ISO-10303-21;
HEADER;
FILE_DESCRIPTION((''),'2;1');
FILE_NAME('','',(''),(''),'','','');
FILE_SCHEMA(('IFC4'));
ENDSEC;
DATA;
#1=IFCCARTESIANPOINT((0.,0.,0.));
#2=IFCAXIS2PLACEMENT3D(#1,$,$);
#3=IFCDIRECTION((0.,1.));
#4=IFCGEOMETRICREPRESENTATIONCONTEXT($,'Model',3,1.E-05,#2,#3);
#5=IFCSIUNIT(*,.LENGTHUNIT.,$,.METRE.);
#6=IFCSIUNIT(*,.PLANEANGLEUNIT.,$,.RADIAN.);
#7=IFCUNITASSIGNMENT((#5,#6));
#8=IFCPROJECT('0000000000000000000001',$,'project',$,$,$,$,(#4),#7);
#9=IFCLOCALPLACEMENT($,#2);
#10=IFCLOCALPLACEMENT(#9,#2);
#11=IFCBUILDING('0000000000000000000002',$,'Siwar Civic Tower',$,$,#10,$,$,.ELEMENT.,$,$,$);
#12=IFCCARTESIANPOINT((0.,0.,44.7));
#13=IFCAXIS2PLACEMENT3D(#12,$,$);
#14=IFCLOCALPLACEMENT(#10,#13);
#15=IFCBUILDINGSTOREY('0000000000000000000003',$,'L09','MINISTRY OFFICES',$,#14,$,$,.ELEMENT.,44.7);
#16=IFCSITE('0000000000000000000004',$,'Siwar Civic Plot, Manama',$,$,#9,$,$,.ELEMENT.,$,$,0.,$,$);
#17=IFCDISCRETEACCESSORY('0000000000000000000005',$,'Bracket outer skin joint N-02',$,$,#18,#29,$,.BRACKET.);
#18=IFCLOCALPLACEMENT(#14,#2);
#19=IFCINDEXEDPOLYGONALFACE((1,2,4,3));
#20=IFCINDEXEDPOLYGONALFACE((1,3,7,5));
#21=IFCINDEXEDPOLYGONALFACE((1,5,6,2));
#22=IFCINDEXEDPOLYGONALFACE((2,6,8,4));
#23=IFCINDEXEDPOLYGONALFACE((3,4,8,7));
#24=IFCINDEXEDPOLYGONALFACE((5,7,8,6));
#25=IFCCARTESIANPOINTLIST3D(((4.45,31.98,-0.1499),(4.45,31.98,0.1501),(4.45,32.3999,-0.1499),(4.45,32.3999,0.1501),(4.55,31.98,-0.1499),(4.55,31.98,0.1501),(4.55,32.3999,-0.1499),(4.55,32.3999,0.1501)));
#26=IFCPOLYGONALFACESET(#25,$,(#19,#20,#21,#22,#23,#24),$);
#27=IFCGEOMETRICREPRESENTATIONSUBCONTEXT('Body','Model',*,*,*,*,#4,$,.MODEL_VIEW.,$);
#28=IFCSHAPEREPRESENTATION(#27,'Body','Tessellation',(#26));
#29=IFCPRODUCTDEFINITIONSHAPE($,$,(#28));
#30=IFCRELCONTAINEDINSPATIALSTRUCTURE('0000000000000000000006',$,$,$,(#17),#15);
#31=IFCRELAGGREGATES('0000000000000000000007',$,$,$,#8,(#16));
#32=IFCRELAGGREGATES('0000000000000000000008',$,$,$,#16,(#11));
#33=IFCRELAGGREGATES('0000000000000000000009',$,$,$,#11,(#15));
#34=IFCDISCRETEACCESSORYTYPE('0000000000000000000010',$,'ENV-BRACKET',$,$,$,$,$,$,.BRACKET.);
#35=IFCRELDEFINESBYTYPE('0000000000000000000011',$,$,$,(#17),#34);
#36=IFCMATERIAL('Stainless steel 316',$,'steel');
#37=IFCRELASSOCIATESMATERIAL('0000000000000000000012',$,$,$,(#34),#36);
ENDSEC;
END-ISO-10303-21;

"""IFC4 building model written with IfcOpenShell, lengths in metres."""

from ifc_helpers import new_model, si_unit, direction, frame, origin, origin_2d, place, context, subcontext, project, spatial, rectangle, extrude, material, type_object, element, save


model = new_model("IFC4")

# Units and contexts
model_context = context("Model", 3, precision=1e-05, world=origin(), true_north=direction((0.0, 1.0)))
body_context = subcontext(model_context, "Body", "Model", "MODEL_VIEW")
ifc_project = project(units=[si_unit("LENGTHUNIT", "METRE"), si_unit("PLANEANGLEUNIT", "RADIAN")], contexts=[model_context])

# Site, building, storey
site_placement = place(None, origin())
site = spatial("IfcSite", under=ifc_project, at=site_placement, Name="Siwar Civic Plot, Manama", CompositionType="ELEMENT", RefElevation=0.0)
building_placement = place(site_placement, origin())
building = spatial("IfcBuilding", under=site, at=building_placement, Name="Siwar Civic Tower", CompositionType="ELEMENT")
storey_placement = place(building_placement, frame((0.0, 0.0, 44.7)))
storey = spatial("IfcBuildingStorey", under=building, at=storey_placement, Name="L09", Description="MINISTRY OFFICES", CompositionType="ELEMENT", Elevation=44.7)

# Discrete accessory
ifc_material_1 = material(Name="Stainless steel 316", Category="steel")
discrete_accessory_type = type_object("IfcDiscreteAccessoryType", Name="ENV-BRACKET", PredefinedType="BRACKET", material=ifc_material_1)
for number, where, z_axis, x_axis, name in (
    (1, (4.5, 32.1899, -0.1499), (0.0, 0.0, 1.0), (0.0, 1.0, 0.0), "Bracket outer skin joint N-02"),
):
    element("IfcDiscreteAccessory", number, at=place(storey_placement, frame(where, z_axis=z_axis, x_axis=x_axis)), inside=storey, type_object=discrete_accessory_type, Name=name, PredefinedType="BRACKET", context=body_context, shape_type="SweptSolid", body=[
        extrude(rectangle(XDim=0.4199, YDim=0.1001, at=origin_2d()), origin(), (0.0, 0.0, 1.0), 0.3),
    ])

save(model, "model.ifc")
